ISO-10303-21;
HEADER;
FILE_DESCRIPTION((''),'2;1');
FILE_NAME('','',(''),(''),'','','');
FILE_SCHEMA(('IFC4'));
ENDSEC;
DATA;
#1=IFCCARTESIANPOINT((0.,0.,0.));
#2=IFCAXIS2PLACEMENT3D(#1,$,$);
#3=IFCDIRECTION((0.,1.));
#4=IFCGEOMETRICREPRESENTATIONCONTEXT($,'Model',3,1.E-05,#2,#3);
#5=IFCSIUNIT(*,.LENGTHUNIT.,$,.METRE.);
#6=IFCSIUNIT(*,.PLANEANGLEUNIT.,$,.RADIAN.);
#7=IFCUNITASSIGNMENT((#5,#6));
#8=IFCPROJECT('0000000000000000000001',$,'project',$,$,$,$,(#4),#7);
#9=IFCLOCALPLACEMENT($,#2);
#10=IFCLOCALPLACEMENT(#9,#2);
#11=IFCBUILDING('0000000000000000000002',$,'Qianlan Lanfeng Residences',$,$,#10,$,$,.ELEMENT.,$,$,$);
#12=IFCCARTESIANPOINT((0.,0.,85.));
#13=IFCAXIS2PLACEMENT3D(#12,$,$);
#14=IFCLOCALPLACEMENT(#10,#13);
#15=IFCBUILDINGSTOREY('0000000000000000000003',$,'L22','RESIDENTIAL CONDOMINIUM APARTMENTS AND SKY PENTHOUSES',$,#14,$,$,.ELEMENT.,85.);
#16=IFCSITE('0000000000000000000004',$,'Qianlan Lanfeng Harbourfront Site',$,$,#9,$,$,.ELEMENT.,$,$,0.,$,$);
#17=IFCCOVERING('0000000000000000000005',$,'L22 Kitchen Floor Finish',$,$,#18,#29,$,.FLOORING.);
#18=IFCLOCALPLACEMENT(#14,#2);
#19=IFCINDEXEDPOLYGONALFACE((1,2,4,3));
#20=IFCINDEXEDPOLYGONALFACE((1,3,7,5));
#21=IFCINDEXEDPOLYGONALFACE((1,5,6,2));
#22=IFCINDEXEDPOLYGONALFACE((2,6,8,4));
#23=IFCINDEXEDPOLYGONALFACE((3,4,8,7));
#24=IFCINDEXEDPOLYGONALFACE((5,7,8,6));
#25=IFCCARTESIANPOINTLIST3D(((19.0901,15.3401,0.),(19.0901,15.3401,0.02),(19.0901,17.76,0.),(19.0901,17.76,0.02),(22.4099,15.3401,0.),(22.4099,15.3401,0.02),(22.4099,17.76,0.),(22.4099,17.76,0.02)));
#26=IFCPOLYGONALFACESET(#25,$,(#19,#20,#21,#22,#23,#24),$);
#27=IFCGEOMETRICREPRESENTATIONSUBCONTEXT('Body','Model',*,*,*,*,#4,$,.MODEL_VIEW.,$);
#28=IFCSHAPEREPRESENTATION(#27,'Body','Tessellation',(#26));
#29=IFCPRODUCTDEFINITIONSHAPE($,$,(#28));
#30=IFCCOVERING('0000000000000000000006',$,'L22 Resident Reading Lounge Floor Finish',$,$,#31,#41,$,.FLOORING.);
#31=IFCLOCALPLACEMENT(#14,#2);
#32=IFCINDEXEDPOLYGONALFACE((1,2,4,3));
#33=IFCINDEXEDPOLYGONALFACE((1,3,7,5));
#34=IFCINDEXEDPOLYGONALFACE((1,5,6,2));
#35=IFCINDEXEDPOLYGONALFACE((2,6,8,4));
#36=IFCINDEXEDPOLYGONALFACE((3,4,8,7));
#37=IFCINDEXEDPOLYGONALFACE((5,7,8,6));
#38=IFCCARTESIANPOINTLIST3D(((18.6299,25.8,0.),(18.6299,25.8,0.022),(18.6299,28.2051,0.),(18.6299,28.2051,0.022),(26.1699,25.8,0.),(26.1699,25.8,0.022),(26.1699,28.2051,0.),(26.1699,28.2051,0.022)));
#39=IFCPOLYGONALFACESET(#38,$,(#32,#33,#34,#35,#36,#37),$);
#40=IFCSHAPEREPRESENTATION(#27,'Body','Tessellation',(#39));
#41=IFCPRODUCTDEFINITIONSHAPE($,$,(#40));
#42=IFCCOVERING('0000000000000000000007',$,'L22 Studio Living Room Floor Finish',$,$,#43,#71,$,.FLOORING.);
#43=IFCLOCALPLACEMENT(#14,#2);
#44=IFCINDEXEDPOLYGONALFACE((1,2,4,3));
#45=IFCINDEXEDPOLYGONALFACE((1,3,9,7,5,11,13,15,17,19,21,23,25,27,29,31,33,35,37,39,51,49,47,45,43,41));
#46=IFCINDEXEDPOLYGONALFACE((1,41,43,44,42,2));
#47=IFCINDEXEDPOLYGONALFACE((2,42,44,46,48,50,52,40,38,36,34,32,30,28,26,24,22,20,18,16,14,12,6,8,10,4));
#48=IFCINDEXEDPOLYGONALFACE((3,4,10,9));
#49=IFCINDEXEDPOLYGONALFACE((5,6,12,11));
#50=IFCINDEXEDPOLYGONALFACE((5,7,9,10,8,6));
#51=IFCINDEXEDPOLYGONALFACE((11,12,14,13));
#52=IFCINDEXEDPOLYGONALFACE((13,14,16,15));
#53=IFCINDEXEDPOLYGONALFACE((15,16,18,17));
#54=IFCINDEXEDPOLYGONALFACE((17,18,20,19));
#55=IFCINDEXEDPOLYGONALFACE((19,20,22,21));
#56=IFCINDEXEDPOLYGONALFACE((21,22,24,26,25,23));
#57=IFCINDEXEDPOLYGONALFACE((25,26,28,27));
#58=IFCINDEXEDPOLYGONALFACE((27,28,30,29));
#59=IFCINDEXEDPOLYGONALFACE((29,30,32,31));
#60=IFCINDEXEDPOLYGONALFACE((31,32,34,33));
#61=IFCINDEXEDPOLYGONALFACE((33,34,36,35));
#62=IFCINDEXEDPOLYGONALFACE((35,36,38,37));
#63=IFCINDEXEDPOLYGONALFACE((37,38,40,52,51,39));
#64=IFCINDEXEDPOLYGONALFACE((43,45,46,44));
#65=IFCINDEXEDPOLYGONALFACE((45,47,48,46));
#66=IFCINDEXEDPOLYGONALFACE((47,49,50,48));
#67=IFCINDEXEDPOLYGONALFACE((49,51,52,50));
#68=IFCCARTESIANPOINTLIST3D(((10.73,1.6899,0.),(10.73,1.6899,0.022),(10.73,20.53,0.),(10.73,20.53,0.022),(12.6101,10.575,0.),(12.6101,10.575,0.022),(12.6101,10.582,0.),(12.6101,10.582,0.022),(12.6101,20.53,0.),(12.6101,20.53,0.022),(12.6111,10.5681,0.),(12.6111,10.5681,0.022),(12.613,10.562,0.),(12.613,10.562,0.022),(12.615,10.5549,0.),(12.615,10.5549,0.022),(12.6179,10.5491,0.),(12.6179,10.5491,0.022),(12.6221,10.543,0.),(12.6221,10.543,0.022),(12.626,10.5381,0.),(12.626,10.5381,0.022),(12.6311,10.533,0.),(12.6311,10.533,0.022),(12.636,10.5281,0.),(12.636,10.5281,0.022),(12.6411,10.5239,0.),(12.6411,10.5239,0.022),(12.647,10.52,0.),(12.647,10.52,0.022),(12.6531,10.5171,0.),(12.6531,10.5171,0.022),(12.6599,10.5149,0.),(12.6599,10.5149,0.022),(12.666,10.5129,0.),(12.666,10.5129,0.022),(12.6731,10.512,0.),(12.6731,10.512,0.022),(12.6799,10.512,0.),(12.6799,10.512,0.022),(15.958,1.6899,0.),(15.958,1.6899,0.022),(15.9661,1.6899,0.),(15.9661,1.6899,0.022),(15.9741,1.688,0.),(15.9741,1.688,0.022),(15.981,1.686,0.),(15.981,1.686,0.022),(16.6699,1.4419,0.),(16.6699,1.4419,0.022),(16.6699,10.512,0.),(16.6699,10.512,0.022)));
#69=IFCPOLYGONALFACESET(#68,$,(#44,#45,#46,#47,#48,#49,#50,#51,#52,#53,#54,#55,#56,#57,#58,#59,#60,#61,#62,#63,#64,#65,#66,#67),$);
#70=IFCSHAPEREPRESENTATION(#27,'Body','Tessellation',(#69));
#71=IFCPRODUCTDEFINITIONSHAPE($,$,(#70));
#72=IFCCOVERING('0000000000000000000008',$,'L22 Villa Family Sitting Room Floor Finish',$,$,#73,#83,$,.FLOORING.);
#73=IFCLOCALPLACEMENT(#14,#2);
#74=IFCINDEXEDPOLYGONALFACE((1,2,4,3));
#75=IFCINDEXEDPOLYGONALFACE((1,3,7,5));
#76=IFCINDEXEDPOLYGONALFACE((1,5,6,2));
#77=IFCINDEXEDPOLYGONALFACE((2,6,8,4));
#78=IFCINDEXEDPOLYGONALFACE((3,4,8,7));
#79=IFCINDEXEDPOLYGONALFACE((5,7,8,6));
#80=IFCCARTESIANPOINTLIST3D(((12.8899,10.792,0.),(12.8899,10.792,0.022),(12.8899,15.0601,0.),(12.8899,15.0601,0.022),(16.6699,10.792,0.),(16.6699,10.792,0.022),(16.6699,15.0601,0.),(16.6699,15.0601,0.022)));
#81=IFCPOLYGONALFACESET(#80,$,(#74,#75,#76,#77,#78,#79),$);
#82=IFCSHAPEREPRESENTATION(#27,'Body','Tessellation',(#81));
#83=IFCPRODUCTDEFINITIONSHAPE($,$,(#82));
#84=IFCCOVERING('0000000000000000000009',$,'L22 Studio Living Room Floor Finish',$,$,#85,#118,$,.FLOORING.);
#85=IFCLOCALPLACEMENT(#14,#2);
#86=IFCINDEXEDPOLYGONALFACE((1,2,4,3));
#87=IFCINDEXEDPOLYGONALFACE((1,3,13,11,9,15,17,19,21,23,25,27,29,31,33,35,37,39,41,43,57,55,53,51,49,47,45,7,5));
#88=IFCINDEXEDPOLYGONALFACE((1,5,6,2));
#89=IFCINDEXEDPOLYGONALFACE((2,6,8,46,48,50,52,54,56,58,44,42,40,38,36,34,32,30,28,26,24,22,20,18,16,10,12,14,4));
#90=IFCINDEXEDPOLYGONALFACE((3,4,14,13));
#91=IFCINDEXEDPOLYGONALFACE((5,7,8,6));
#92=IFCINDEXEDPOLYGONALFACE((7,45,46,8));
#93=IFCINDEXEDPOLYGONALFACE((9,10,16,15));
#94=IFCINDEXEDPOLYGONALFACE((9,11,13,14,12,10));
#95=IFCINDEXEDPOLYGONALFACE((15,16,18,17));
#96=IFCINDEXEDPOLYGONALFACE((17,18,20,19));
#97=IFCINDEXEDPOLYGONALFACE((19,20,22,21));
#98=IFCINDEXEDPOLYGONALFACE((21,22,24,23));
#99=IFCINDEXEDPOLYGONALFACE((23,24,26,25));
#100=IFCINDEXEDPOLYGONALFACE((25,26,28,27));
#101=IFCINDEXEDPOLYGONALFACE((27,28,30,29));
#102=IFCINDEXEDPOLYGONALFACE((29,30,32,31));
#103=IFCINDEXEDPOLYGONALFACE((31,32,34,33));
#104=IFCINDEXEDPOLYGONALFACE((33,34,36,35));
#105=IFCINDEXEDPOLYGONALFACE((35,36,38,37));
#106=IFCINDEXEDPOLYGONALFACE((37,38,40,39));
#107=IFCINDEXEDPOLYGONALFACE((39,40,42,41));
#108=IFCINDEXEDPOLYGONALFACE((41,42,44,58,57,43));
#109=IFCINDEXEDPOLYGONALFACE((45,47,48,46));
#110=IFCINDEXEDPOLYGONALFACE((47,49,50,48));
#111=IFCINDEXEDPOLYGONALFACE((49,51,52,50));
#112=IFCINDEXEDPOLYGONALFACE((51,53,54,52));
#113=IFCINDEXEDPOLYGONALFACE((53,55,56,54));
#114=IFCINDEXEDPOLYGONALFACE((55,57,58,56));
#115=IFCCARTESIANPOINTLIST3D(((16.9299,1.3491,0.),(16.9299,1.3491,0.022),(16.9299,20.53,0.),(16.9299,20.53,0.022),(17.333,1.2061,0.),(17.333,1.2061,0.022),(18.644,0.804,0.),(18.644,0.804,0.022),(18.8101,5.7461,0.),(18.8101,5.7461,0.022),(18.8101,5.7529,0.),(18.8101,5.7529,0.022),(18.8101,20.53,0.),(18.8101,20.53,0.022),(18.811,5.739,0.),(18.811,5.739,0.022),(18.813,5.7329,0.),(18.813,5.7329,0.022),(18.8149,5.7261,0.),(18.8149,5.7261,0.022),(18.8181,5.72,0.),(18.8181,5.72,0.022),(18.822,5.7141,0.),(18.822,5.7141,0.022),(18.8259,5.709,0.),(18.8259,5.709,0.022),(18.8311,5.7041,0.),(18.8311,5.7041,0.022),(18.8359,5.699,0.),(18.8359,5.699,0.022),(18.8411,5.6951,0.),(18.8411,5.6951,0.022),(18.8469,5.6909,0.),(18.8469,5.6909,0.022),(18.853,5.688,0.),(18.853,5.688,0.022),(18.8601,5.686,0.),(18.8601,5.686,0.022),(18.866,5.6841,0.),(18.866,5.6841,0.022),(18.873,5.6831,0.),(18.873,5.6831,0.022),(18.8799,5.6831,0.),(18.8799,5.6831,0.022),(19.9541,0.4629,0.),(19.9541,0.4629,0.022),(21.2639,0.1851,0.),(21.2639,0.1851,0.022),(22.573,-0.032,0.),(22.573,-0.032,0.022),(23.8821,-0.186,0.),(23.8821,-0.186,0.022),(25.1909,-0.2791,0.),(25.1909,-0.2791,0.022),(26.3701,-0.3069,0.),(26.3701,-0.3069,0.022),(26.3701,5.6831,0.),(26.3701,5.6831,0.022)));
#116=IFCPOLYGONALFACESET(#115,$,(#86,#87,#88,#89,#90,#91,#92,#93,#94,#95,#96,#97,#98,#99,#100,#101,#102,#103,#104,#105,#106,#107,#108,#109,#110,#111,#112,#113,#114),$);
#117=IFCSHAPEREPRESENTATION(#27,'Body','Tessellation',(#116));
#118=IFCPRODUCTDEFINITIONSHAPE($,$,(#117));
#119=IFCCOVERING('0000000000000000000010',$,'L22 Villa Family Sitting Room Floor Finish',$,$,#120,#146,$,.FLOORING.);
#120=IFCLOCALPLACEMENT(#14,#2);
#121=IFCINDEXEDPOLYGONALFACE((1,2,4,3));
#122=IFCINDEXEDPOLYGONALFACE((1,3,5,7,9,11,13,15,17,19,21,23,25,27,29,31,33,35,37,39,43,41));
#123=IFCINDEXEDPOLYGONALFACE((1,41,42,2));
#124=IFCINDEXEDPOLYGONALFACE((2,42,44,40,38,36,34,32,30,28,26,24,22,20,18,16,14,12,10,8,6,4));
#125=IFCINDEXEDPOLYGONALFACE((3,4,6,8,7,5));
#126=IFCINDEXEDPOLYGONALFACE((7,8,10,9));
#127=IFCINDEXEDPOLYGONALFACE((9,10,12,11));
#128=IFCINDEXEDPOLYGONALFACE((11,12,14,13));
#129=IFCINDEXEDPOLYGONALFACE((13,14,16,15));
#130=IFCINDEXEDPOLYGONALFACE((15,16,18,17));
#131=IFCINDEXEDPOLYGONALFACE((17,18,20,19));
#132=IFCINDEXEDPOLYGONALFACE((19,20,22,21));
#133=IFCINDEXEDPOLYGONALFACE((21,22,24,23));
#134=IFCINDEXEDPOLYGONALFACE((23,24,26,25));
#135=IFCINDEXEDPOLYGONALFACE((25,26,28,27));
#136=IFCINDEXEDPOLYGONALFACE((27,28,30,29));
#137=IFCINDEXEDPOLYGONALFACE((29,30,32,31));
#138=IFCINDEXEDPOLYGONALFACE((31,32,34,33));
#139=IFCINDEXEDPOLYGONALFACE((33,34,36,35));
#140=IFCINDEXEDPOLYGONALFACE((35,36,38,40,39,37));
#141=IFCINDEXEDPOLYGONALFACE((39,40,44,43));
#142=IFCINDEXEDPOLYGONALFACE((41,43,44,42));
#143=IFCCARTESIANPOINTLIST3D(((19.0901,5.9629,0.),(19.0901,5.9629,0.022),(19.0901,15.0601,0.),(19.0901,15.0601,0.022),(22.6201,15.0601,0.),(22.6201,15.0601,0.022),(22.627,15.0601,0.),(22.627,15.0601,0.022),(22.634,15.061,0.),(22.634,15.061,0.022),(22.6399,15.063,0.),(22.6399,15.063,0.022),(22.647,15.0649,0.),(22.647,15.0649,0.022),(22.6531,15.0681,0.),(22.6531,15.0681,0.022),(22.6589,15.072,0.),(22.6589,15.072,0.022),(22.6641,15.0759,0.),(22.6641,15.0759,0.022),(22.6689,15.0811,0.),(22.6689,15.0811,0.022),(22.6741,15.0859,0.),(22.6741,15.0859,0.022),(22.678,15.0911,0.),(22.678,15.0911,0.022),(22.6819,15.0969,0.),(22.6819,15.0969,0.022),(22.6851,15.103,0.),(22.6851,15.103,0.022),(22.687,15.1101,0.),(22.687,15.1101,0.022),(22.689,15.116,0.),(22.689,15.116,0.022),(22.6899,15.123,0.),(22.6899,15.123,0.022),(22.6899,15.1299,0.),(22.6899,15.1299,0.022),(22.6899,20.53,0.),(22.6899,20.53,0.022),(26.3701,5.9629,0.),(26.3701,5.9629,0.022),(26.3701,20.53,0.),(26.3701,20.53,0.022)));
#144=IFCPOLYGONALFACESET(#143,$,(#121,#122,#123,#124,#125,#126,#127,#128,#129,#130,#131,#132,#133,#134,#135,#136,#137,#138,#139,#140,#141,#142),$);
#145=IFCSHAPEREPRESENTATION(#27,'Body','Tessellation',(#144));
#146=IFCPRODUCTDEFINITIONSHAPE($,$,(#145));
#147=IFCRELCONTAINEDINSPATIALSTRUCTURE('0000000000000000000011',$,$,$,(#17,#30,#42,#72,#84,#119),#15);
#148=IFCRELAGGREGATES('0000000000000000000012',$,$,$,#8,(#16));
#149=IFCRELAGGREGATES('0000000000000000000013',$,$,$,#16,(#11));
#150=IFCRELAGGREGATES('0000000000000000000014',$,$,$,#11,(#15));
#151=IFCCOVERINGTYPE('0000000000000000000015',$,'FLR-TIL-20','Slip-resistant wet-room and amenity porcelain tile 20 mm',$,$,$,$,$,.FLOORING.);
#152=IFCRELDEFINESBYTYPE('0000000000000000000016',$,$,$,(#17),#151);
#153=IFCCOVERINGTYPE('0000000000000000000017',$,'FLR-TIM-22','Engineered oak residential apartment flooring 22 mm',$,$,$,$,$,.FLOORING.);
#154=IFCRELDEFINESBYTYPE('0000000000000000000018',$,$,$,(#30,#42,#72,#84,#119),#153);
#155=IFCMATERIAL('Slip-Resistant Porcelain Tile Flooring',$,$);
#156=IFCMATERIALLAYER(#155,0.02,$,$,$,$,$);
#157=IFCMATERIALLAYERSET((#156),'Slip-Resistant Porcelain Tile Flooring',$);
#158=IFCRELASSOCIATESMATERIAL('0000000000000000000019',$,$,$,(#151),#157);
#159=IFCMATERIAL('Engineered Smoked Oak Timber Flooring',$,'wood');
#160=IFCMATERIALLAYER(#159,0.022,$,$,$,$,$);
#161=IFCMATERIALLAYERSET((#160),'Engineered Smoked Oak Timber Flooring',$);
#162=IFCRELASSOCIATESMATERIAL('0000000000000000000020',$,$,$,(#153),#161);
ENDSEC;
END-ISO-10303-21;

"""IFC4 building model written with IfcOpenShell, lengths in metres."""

from ifc_helpers import new_model, si_unit, direction, frame, origin, place, context, subcontext, project, spatial, polyline, outline, extrude, material, layer, layer_set, type_object, element, save


model = new_model("IFC4")

# Units and contexts
model_context = context("Model", 3, precision=1e-05, world=origin(), true_north=direction((0.0, 1.0)))
body_context = subcontext(model_context, "Body", "Model", "MODEL_VIEW")
ifc_project = project(units=[si_unit("LENGTHUNIT", "METRE"), si_unit("PLANEANGLEUNIT", "RADIAN")], contexts=[model_context])

# Site, building, storey
site_placement = place(None, origin())
site = spatial("IfcSite", under=ifc_project, at=site_placement, Name="Qianlan Lanfeng Harbourfront Site", CompositionType="ELEMENT", RefElevation=0.0)
building_placement = place(site_placement, origin())
building = spatial("IfcBuilding", under=site, at=building_placement, Name="Qianlan Lanfeng Residences", CompositionType="ELEMENT")
storey_placement = place(building_placement, frame((0.0, 0.0, 85.0)))
storey = spatial("IfcBuildingStorey", under=building, at=storey_placement, Name="L22", Description="RESIDENTIAL CONDOMINIUM APARTMENTS AND SKY PENTHOUSES", CompositionType="ELEMENT", Elevation=85.0)

# Coverings
ifc_material_1 = material(Name="Slip-Resistant Porcelain Tile Flooring")
ifc_layer_1 = layer(ifc_material_1, 0.02)
ifc_layer_set_1 = layer_set([ifc_layer_1], Name="Slip-Resistant Porcelain Tile Flooring")
covering_type_1 = type_object("IfcCoveringType", Name="FLR-TIL-20", Description="Slip-resistant wet-room and amenity porcelain tile 20 mm", PredefinedType="FLOORING", material=ifc_layer_set_1)
covering_1_placement = place(storey_placement, origin())
element("IfcCovering", 1, at=covering_1_placement, inside=storey, type_object=covering_type_1, Name="L22 Kitchen Floor Finish", PredefinedType="FLOORING", context=body_context, shape_type="SweptSolid", body=[
    extrude(outline(polyline([(19.0901, 15.3401), (22.4099, 15.3401), (22.4099, 17.76), (19.0901, 17.76), (19.0901, 15.3401)])), origin(), (0.0, 0.0, 1.0), 0.02),
])
ifc_material_2 = material(Name="Engineered Smoked Oak Timber Flooring", Category="wood")
ifc_layer_2 = layer(ifc_material_2, 0.022)
ifc_layer_set_2 = layer_set([ifc_layer_2], Name="Engineered Smoked Oak Timber Flooring")
covering_type_2 = type_object("IfcCoveringType", Name="FLR-TIM-22", Description="Engineered oak residential apartment flooring 22 mm", PredefinedType="FLOORING", material=ifc_layer_set_2)
covering_2_placement = place(storey_placement, origin())
element("IfcCovering", 2, at=covering_2_placement, inside=storey, type_object=covering_type_2, Name="L22 Resident Reading Lounge Floor Finish", PredefinedType="FLOORING", context=body_context, shape_type="SweptSolid", body=[
    extrude(outline(polyline([(18.6299, 25.8), (26.1699, 25.8), (26.1699, 28.2051), (18.6299, 28.2051), (18.6299, 25.8)])), origin(), (0.0, 0.0, 1.0), 0.022),
])
covering_3_placement = place(storey_placement, origin())
element("IfcCovering", 3, at=covering_3_placement, inside=storey, type_object=covering_type_2, Name="L22 Studio Living Room Floor Finish", PredefinedType="FLOORING", context=body_context, shape_type="SweptSolid", body=[
    extrude(outline(polyline([(16.6699, 1.4419), (16.6699, 10.512), (12.6799, 10.512), (12.6731, 10.512), (12.666, 10.5129), (12.6599, 10.5149), (12.6531, 10.5171), (12.647, 10.52), (12.6411, 10.5239), (12.636, 10.5281), (12.6311, 10.533), (12.626, 10.5381), (12.6221, 10.543), (12.6179, 10.5491), (12.615, 10.5549), (12.613, 10.562), (12.6111, 10.5681), (12.6101, 10.575), (12.6101, 10.582), (12.6101, 20.53), (10.73, 20.53), (10.73, 1.6899), (15.958, 1.6899), (15.9661, 1.6899), (15.9741, 1.688), (15.981, 1.686), (16.6699, 1.4419)])), origin(), (0.0, 0.0, 1.0), 0.022),
])
covering_4_placement = place(storey_placement, origin())
element("IfcCovering", 4, at=covering_4_placement, inside=storey, type_object=covering_type_2, Name="L22 Villa Family Sitting Room Floor Finish", PredefinedType="FLOORING", context=body_context, shape_type="SweptSolid", body=[
    extrude(outline(polyline([(12.8899, 15.0601), (12.8899, 10.792), (16.6699, 10.792), (16.6699, 15.0601), (12.8899, 15.0601)])), origin(), (0.0, 0.0, 1.0), 0.022),
])
covering_5_placement = place(storey_placement, origin())
element("IfcCovering", 5, at=covering_5_placement, inside=storey, type_object=covering_type_2, Name="L22 Studio Living Room Floor Finish", PredefinedType="FLOORING", context=body_context, shape_type="SweptSolid", body=[
    extrude(outline(polyline([(26.3701, -0.3069), (26.3701, 5.6831), (18.8799, 5.6831), (18.873, 5.6831), (18.866, 5.6841), (18.8601, 5.686), (18.853, 5.688), (18.8469, 5.6909), (18.8411, 5.6951), (18.8359, 5.699), (18.8311, 5.7041), (18.8259, 5.709), (18.822, 5.7141), (18.8181, 5.72), (18.8149, 5.7261), (18.813, 5.7329), (18.811, 5.739), (18.8101, 5.7461), (18.8101, 5.7529), (18.8101, 20.53), (16.9299, 20.53), (16.9299, 1.3491), (17.333, 1.2061), (18.644, 0.804), (19.9541, 0.4629), (21.2639, 0.1851), (22.573, -0.032), (23.8821, -0.186), (25.1909, -0.2791), (26.3701, -0.3069)])), origin(), (0.0, 0.0, 1.0), 0.022),
])
covering_6_placement = place(storey_placement, origin())
element("IfcCovering", 6, at=covering_6_placement, inside=storey, type_object=covering_type_2, Name="L22 Villa Family Sitting Room Floor Finish", PredefinedType="FLOORING", context=body_context, shape_type="SweptSolid", body=[
    extrude(outline(polyline([(19.0901, 5.9629), (26.3701, 5.9629), (26.3701, 20.53), (22.6899, 20.53), (22.6899, 15.1299), (22.6899, 15.123), (22.689, 15.116), (22.687, 15.1101), (22.6851, 15.103), (22.6819, 15.0969), (22.678, 15.0911), (22.6741, 15.0859), (22.6689, 15.0811), (22.6641, 15.0759), (22.6589, 15.072), (22.6531, 15.0681), (22.647, 15.0649), (22.6399, 15.063), (22.634, 15.061), (22.627, 15.0601), (22.6201, 15.0601), (19.0901, 15.0601), (19.0901, 5.9629)])), origin(), (0.0, 0.0, 1.0), 0.022),
])

save(model, "model.ifc")
